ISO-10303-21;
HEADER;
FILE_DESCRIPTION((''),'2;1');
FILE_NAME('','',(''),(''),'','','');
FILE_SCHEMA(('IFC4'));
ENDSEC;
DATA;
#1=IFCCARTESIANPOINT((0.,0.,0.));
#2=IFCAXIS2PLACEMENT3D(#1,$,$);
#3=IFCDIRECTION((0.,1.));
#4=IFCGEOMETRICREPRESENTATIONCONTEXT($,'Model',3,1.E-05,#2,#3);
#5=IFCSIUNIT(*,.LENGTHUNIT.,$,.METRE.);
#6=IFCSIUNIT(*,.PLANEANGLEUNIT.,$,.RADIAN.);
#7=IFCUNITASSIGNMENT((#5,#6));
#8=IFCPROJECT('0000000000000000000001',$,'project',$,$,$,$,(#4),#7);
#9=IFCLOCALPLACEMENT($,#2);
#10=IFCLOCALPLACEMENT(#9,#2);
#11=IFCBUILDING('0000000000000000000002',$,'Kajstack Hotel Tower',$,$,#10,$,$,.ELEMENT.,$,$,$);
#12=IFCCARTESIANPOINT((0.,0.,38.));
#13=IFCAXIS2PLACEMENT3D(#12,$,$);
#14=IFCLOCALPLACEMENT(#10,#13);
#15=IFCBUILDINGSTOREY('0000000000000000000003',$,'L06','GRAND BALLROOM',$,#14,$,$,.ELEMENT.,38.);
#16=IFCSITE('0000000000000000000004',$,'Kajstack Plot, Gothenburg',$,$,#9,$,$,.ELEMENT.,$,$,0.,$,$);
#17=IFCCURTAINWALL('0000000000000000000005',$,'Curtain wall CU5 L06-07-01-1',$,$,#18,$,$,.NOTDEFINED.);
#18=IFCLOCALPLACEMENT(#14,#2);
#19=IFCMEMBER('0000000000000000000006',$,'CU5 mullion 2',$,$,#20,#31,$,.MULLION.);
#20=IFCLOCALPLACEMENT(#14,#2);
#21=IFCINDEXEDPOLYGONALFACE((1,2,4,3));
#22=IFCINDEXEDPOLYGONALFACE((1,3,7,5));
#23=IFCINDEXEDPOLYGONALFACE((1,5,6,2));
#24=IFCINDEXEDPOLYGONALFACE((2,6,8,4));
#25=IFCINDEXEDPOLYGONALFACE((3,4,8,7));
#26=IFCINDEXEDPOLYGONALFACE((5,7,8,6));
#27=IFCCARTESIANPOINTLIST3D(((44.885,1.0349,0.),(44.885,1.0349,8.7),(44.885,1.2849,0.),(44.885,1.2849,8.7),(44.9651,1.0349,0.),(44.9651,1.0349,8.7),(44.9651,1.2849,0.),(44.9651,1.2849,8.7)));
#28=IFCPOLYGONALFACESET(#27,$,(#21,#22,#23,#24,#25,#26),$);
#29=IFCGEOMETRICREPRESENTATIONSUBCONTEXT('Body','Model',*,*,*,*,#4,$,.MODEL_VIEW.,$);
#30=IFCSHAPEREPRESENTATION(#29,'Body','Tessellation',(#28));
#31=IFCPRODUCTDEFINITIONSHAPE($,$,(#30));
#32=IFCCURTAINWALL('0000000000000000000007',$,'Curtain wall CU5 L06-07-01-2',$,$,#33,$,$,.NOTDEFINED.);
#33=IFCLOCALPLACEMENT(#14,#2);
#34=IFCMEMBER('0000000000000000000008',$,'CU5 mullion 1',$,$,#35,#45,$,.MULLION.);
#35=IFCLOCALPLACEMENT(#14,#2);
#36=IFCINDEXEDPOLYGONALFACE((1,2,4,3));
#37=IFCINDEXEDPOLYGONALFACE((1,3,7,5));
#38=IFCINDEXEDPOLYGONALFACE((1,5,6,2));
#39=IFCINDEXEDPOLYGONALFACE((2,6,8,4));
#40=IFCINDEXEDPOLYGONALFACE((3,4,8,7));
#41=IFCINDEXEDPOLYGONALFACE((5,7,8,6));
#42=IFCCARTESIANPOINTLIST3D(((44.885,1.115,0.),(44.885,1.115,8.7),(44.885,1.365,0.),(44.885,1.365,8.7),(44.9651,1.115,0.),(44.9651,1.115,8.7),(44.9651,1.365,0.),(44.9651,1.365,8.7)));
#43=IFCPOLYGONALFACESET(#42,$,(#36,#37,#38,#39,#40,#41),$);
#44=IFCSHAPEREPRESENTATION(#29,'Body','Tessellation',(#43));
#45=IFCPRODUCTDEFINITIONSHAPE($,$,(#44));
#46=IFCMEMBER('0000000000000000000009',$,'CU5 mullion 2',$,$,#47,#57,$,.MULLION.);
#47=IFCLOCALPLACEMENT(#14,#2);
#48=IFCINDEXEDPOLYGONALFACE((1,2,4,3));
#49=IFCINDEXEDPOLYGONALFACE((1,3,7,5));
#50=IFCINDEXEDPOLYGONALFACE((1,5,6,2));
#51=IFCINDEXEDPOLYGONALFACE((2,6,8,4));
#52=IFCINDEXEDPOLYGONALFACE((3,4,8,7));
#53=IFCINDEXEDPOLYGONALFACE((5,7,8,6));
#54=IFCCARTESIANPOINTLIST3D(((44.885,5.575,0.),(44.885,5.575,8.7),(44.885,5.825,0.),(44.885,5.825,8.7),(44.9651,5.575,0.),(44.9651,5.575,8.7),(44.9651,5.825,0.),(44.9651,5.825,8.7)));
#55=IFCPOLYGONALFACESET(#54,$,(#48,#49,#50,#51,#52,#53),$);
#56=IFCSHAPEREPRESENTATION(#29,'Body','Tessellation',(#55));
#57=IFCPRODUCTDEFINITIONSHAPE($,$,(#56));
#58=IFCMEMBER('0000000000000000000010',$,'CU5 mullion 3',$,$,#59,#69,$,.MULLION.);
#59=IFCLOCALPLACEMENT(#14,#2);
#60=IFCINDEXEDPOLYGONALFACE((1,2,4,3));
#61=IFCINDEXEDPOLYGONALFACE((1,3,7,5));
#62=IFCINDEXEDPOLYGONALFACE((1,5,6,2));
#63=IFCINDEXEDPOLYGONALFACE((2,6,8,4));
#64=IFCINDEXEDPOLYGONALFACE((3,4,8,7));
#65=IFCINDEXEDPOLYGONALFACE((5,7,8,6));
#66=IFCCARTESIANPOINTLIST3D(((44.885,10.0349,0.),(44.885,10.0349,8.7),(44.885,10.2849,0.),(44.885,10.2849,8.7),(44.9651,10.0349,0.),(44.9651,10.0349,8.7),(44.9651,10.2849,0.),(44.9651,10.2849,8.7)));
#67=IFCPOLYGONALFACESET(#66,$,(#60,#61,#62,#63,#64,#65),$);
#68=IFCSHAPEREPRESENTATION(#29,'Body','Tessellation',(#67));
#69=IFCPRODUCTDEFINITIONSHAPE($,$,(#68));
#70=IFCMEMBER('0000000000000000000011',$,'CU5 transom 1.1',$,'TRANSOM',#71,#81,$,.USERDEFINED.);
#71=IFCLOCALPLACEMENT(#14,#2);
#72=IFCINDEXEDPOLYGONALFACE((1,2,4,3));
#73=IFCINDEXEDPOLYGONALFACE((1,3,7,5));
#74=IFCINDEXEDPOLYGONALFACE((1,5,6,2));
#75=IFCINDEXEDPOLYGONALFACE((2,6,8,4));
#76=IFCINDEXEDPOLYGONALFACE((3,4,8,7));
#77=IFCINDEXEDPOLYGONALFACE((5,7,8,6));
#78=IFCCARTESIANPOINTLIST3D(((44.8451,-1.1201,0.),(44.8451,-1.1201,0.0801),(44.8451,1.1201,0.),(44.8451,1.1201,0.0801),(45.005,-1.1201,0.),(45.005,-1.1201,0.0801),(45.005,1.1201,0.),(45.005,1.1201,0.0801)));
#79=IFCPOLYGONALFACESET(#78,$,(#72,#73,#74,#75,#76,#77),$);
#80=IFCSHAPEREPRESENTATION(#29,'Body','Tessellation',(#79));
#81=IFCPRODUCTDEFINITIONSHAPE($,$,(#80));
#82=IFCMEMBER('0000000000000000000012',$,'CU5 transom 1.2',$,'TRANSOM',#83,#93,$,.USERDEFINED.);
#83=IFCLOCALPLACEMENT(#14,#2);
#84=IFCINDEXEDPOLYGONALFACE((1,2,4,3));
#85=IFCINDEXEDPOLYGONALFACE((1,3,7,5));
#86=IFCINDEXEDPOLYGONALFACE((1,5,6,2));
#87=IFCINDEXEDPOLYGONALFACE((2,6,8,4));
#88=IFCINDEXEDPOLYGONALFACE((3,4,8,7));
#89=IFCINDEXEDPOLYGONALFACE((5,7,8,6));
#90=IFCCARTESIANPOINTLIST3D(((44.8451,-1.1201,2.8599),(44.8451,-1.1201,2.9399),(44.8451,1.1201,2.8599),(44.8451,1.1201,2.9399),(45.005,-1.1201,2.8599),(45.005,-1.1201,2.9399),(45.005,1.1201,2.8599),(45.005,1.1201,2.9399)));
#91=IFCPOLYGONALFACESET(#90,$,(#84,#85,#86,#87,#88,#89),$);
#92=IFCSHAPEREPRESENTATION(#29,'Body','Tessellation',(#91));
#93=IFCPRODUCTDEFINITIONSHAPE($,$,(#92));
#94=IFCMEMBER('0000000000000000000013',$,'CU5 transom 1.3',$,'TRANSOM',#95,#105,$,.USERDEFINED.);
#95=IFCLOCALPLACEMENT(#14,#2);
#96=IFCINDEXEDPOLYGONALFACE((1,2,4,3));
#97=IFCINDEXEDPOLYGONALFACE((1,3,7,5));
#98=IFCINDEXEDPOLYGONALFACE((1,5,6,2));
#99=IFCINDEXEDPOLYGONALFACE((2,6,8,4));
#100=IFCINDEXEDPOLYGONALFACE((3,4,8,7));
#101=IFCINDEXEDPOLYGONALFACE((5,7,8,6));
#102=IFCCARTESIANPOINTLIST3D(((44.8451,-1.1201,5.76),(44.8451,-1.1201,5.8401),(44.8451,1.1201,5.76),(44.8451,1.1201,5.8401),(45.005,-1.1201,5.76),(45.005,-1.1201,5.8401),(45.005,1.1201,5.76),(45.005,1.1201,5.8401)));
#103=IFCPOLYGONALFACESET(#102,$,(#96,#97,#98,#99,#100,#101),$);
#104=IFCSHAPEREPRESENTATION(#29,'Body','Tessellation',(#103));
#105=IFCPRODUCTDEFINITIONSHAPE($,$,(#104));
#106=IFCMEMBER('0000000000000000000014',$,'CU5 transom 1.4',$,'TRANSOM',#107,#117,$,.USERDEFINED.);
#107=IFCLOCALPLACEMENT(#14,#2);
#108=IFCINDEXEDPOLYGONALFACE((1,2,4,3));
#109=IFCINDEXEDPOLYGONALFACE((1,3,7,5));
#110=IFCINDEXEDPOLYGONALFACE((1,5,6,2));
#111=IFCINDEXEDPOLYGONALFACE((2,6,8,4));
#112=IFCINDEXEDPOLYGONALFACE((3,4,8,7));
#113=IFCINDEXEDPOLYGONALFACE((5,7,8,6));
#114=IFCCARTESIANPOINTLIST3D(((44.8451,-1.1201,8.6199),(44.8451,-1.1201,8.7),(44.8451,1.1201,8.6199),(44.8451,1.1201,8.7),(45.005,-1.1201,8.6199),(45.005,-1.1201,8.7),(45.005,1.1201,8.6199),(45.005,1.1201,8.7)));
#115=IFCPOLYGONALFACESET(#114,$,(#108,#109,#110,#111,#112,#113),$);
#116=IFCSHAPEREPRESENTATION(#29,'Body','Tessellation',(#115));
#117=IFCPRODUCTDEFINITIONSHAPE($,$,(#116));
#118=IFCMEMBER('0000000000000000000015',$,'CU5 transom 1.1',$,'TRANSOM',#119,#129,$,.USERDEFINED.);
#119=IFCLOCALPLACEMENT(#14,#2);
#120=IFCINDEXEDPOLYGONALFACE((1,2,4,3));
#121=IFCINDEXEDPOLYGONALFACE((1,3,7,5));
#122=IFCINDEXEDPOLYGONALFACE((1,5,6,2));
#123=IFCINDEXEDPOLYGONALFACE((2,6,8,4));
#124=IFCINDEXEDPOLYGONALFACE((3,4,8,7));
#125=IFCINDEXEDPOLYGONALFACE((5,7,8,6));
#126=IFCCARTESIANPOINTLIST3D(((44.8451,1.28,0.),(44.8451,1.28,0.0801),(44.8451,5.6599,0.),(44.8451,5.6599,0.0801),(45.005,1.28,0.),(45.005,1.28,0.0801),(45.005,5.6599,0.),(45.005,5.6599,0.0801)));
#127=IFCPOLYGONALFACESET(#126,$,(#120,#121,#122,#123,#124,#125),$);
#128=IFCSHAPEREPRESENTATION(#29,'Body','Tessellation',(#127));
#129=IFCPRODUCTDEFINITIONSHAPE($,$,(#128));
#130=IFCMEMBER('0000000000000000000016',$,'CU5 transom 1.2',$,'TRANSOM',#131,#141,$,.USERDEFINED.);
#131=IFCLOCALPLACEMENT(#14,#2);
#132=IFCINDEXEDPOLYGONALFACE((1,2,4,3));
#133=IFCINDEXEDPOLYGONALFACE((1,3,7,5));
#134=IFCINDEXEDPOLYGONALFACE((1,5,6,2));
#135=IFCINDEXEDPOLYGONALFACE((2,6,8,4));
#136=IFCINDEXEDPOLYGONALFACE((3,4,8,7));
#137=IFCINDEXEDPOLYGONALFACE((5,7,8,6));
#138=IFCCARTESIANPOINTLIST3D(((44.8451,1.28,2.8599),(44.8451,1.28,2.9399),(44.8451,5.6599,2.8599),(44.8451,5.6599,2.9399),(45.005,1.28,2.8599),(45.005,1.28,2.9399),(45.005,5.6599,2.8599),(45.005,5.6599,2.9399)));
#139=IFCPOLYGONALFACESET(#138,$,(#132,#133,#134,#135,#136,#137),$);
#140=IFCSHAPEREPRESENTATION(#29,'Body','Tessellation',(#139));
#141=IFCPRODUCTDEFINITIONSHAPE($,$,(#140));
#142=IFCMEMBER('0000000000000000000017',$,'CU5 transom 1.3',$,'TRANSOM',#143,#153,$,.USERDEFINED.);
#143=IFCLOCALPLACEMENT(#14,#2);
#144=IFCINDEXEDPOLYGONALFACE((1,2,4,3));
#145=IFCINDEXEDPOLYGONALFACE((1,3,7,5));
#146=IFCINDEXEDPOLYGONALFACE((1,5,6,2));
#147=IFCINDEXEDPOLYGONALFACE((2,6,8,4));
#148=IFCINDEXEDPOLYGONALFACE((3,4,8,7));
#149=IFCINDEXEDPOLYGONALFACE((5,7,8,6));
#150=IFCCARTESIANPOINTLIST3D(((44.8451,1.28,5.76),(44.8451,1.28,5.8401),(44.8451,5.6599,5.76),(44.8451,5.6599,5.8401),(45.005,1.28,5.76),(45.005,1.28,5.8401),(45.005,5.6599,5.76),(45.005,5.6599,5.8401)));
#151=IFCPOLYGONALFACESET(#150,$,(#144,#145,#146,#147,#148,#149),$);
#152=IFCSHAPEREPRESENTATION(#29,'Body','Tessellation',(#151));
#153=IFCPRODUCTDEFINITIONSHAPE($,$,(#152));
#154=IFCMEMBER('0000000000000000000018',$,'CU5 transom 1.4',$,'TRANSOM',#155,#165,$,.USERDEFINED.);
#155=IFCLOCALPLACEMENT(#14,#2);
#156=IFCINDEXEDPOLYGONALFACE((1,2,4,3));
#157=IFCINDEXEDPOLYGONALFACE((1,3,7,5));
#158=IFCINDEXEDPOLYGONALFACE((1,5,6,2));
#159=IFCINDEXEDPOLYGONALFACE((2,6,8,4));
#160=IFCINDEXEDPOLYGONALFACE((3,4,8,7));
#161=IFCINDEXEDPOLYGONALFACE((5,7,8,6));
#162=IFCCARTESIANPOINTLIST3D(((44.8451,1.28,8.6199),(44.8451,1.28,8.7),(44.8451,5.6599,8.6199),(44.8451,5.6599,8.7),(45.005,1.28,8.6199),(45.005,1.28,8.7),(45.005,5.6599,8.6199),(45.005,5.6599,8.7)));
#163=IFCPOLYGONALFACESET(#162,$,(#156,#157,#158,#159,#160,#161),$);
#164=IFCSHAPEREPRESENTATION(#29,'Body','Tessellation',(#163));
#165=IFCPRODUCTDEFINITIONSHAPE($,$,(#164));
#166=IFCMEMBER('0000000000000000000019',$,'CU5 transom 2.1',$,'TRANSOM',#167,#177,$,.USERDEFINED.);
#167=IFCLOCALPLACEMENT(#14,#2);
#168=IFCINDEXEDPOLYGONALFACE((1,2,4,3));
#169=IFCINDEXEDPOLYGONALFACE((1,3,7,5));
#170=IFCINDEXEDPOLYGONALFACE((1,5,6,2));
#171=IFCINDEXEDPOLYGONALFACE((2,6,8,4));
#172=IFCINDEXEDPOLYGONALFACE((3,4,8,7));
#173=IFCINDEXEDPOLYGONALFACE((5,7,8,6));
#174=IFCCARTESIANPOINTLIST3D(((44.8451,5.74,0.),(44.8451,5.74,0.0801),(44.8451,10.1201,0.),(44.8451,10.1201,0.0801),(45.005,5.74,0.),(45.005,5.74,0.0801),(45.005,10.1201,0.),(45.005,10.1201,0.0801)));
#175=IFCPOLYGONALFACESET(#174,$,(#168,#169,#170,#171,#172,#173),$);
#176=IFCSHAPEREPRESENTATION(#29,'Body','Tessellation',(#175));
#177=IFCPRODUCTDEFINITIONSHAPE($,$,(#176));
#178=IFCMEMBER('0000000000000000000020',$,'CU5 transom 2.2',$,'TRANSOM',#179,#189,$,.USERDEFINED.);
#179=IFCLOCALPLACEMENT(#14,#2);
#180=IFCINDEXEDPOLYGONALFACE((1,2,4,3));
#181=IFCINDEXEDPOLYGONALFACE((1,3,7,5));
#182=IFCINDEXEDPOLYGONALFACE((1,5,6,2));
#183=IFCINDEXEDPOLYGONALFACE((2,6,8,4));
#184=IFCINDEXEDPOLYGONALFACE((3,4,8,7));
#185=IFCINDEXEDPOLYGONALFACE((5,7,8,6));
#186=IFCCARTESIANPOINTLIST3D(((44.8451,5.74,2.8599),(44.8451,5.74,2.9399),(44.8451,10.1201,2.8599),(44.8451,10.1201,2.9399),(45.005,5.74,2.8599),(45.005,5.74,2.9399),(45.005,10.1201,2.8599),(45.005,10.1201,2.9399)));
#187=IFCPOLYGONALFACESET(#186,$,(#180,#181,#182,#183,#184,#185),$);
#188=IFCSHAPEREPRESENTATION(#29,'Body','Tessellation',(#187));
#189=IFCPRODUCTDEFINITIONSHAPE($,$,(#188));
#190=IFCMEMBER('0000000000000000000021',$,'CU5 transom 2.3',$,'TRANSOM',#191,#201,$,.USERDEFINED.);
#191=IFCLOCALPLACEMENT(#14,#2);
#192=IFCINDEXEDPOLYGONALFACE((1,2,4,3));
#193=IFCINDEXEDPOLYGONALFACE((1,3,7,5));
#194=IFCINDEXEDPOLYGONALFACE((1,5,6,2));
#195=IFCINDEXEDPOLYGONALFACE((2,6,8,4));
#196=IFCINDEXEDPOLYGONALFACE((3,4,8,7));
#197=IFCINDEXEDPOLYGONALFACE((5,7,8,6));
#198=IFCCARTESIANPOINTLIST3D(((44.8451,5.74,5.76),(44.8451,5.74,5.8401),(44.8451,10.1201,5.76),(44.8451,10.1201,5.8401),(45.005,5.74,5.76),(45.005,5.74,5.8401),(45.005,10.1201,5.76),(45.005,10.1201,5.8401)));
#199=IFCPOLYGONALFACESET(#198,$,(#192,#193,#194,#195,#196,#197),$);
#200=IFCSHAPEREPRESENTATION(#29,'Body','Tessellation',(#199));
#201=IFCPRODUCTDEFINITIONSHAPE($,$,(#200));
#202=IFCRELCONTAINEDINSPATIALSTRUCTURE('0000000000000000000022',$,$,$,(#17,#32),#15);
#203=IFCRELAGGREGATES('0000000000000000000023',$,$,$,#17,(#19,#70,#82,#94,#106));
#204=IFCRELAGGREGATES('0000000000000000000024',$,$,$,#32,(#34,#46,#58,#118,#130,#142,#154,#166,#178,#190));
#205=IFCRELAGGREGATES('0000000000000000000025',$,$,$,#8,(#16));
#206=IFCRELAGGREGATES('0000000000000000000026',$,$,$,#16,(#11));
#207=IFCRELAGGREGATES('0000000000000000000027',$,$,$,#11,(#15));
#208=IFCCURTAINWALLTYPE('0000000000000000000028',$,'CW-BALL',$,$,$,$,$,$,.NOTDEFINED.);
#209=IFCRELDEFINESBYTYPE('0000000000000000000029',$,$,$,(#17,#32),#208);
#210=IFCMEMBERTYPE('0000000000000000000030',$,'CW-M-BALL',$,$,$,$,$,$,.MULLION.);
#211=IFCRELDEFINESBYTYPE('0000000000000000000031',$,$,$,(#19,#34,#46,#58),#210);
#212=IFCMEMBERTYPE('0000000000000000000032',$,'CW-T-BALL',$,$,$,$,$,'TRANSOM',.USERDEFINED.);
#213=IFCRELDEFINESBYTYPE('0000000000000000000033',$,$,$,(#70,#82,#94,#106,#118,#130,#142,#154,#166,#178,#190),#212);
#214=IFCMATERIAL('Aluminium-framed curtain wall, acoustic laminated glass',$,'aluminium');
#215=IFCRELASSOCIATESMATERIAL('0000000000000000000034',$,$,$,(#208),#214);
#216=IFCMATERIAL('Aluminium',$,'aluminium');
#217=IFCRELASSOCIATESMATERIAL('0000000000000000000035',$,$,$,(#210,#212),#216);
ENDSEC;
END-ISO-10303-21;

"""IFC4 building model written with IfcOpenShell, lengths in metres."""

from ifc_helpers import new_model, si_unit, direction, frame, origin, origin_2d, place, context, subcontext, project, spatial, rectangle, extrude, material, material_profile, profile_set, type_object, element, aggregate, save


model = new_model("IFC4")

# Units and contexts
model_context = context("Model", 3, precision=1e-05, world=origin(), true_north=direction((0.0, 1.0)))
body_context = subcontext(model_context, "Body", "Model", "MODEL_VIEW")
ifc_project = project(units=[si_unit("LENGTHUNIT", "METRE"), si_unit("PLANEANGLEUNIT", "RADIAN")], contexts=[model_context])

# Site, building, storey
site_placement = place(None, origin())
site = spatial("IfcSite", under=ifc_project, at=site_placement, Name="Kajstack Plot, Gothenburg", CompositionType="ELEMENT", RefElevation=0.0)
building_placement = place(site_placement, origin())
building = spatial("IfcBuilding", under=site, at=building_placement, Name="Kajstack Hotel Tower", CompositionType="ELEMENT")
storey_placement = place(building_placement, frame((0.0, 0.0, 38.0)))
storey = spatial("IfcBuildingStorey", under=building, at=storey_placement, Name="L06", Description="GRAND BALLROOM", CompositionType="ELEMENT", Elevation=38.0)

# Curtain wall, member
ifc_material_1 = material(Name="Aluminium-framed curtain wall, acoustic laminated glass", Category="aluminium")
curtain_wall_type = type_object("IfcCurtainWallType", Name="CW-BALL", PredefinedType="NOTDEFINED", material=ifc_material_1)
curtain_wall_1_placement = place(storey_placement, origin())
curtain_wall_1 = element("IfcCurtainWall", 1, at=curtain_wall_1_placement, inside=storey, type_object=curtain_wall_type, Name="Curtain wall CU5 L06-07-01-1", PredefinedType="NOTDEFINED")
ifc_material_2 = material(Name="Aluminium", Category="aluminium")
ifc_material_profile_1 = material_profile(ifc_material_2, rectangle(XDim=0.0801, YDim=0.25, at=origin_2d()), Name="Aluminium mullion 80 x 250")
ifc_profile_set_1 = profile_set([ifc_material_profile_1], Name="Aluminium")
member_type_1 = type_object("IfcMemberType", Name="CW-M-BALL", PredefinedType="MULLION", material=ifc_profile_set_1)
member_1_placement = place(storey_placement, frame((44.925, 1.1599, 0.0), z_axis=(0.0, 0.0, 1.0), x_axis=(-1.0, 0.0, 0.0)))
member_1 = element("IfcMember", 2, at=member_1_placement, type_object=member_type_1, Name="CU5 mullion 2", PredefinedType="MULLION", context=body_context, shape_type="SweptSolid", body=[
    extrude(rectangle(XDim=0.0801, YDim=0.25, at=origin_2d()), origin(), (0.0, 0.0, 1.0), 8.7),
])

# Curtain wall, members
curtain_wall_2_placement = place(storey_placement, origin())
curtain_wall_2 = element("IfcCurtainWall", 3, at=curtain_wall_2_placement, inside=storey, type_object=curtain_wall_type, Name="Curtain wall CU5 L06-07-01-2", PredefinedType="NOTDEFINED")
member_2_placement = place(storey_placement, frame((44.925, 1.24, 0.0), z_axis=(0.0, 0.0, 1.0), x_axis=(-1.0, 0.0, 0.0)))
member_2 = element("IfcMember", 4, at=member_2_placement, type_object=member_type_1, Name="CU5 mullion 1", PredefinedType="MULLION", context=body_context, shape_type="SweptSolid", body=[
    extrude(rectangle(XDim=0.0801, YDim=0.25, at=origin_2d()), origin(), (0.0, 0.0, 1.0), 8.7),
])
member_3_placement = place(storey_placement, frame((44.925, 5.7, 0.0), z_axis=(0.0, 0.0, 1.0), x_axis=(-1.0, 0.0, 0.0)))
member_3 = element("IfcMember", 5, at=member_3_placement, type_object=member_type_1, Name="CU5 mullion 2", PredefinedType="MULLION", context=body_context, shape_type="SweptSolid", body=[
    extrude(rectangle(XDim=0.0801, YDim=0.25, at=origin_2d()), origin(), (0.0, 0.0, 1.0), 8.7),
])
member_4_placement = place(storey_placement, frame((44.925, 10.1599, 0.0), z_axis=(0.0, 0.0, 1.0), x_axis=(-1.0, 0.0, 0.0)))
member_4 = element("IfcMember", 6, at=member_4_placement, type_object=member_type_1, Name="CU5 mullion 3", PredefinedType="MULLION", context=body_context, shape_type="SweptSolid", body=[
    extrude(rectangle(XDim=0.0801, YDim=0.25, at=origin_2d()), origin(), (0.0, 0.0, 1.0), 8.7),
])

# Members
ifc_material_profile_2 = material_profile(ifc_material_2, rectangle(XDim=0.1599, YDim=0.0801, at=origin_2d()), Name="Aluminium transom 160 x 80")
ifc_profile_set_2 = profile_set([ifc_material_profile_2], Name="Aluminium")
member_type_2 = type_object("IfcMemberType", Name="CW-T-BALL", ElementType="TRANSOM", PredefinedType="USERDEFINED", material=ifc_profile_set_2)
member_5_placement = place(storey_placement, frame((44.925, -1.1201, 0.04), z_axis=(0.0, 1.0, 0.0), x_axis=(-1.0, 0.0, 0.0)))
member_5 = element("IfcMember", 7, at=member_5_placement, type_object=member_type_2, Name="CU5 transom 1.1", ObjectType="TRANSOM", PredefinedType="USERDEFINED", context=body_context, shape_type="SweptSolid", body=[
    extrude(rectangle(XDim=0.1599, YDim=0.0801, at=origin_2d()), origin(), (0.0, 0.0, 1.0), 2.2402),
])
member_6_placement = place(storey_placement, frame((44.925, -1.1201, 2.8999), z_axis=(0.0, 1.0, 0.0), x_axis=(-1.0, 0.0, 0.0)))
member_6 = element("IfcMember", 8, at=member_6_placement, type_object=member_type_2, Name="CU5 transom 1.2", ObjectType="TRANSOM", PredefinedType="USERDEFINED", context=body_context, shape_type="SweptSolid", body=[
    extrude(rectangle(XDim=0.1599, YDim=0.0801, at=origin_2d()), origin(), (0.0, 0.0, 1.0), 2.2402),
])
member_7_placement = place(storey_placement, frame((44.925, -1.1201, 5.8), z_axis=(0.0, 1.0, 0.0), x_axis=(-1.0, 0.0, 0.0)))
member_7 = element("IfcMember", 9, at=member_7_placement, type_object=member_type_2, Name="CU5 transom 1.3", ObjectType="TRANSOM", PredefinedType="USERDEFINED", context=body_context, shape_type="SweptSolid", body=[
    extrude(rectangle(XDim=0.1599, YDim=0.0801, at=origin_2d()), origin(), (0.0, 0.0, 1.0), 2.2402),
])
member_8_placement = place(storey_placement, frame((44.925, -1.1201, 8.6599), z_axis=(0.0, 1.0, 0.0), x_axis=(-1.0, 0.0, 0.0)))
member_8 = element("IfcMember", 10, at=member_8_placement, type_object=member_type_2, Name="CU5 transom 1.4", ObjectType="TRANSOM", PredefinedType="USERDEFINED", context=body_context, shape_type="SweptSolid", body=[
    extrude(rectangle(XDim=0.1599, YDim=0.0801, at=origin_2d()), origin(), (0.0, 0.0, 1.0), 2.2402),
])
member_9_placement = place(storey_placement, frame((44.925, 1.28, 0.04), z_axis=(0.0, 1.0, 0.0), x_axis=(-1.0, 0.0, 0.0)))
member_9 = element("IfcMember", 11, at=member_9_placement, type_object=member_type_2, Name="CU5 transom 1.1", ObjectType="TRANSOM", PredefinedType="USERDEFINED", context=body_context, shape_type="SweptSolid", body=[
    extrude(rectangle(XDim=0.1599, YDim=0.0801, at=origin_2d()), origin(), (0.0, 0.0, 1.0), 4.3799),
])
member_10_placement = place(storey_placement, frame((44.925, 1.28, 2.8999), z_axis=(0.0, 1.0, 0.0), x_axis=(-1.0, 0.0, 0.0)))
member_10 = element("IfcMember", 12, at=member_10_placement, type_object=member_type_2, Name="CU5 transom 1.2", ObjectType="TRANSOM", PredefinedType="USERDEFINED", context=body_context, shape_type="SweptSolid", body=[
    extrude(rectangle(XDim=0.1599, YDim=0.0801, at=origin_2d()), origin(), (0.0, 0.0, 1.0), 4.3799),
])
member_11_placement = place(storey_placement, frame((44.925, 1.28, 5.8), z_axis=(0.0, 1.0, 0.0), x_axis=(-1.0, 0.0, 0.0)))
member_11 = element("IfcMember", 13, at=member_11_placement, type_object=member_type_2, Name="CU5 transom 1.3", ObjectType="TRANSOM", PredefinedType="USERDEFINED", context=body_context, shape_type="SweptSolid", body=[
    extrude(rectangle(XDim=0.1599, YDim=0.0801, at=origin_2d()), origin(), (0.0, 0.0, 1.0), 4.3799),
])
member_12_placement = place(storey_placement, frame((44.925, 1.28, 8.6599), z_axis=(0.0, 1.0, 0.0), x_axis=(-1.0, 0.0, 0.0)))
member_12 = element("IfcMember", 14, at=member_12_placement, type_object=member_type_2, Name="CU5 transom 1.4", ObjectType="TRANSOM", PredefinedType="USERDEFINED", context=body_context, shape_type="SweptSolid", body=[
    extrude(rectangle(XDim=0.1599, YDim=0.0801, at=origin_2d()), origin(), (0.0, 0.0, 1.0), 4.3799),
])
member_13_placement = place(storey_placement, frame((44.925, 5.74, 0.04), z_axis=(0.0, 1.0, 0.0), x_axis=(-1.0, 0.0, 0.0)))
member_13 = element("IfcMember", 15, at=member_13_placement, type_object=member_type_2, Name="CU5 transom 2.1", ObjectType="TRANSOM", PredefinedType="USERDEFINED", context=body_context, shape_type="SweptSolid", body=[
    extrude(rectangle(XDim=0.1599, YDim=0.0801, at=origin_2d()), origin(), (0.0, 0.0, 1.0), 4.3801),
])
member_14_placement = place(storey_placement, frame((44.925, 5.74, 2.8999), z_axis=(0.0, 1.0, 0.0), x_axis=(-1.0, 0.0, 0.0)))
member_14 = element("IfcMember", 16, at=member_14_placement, type_object=member_type_2, Name="CU5 transom 2.2", ObjectType="TRANSOM", PredefinedType="USERDEFINED", context=body_context, shape_type="SweptSolid", body=[
    extrude(rectangle(XDim=0.1599, YDim=0.0801, at=origin_2d()), origin(), (0.0, 0.0, 1.0), 4.3801),
])
member_15_placement = place(storey_placement, frame((44.925, 5.74, 5.8), z_axis=(0.0, 1.0, 0.0), x_axis=(-1.0, 0.0, 0.0)))
member_15 = element("IfcMember", 17, at=member_15_placement, type_object=member_type_2, Name="CU5 transom 2.3", ObjectType="TRANSOM", PredefinedType="USERDEFINED", context=body_context, shape_type="SweptSolid", body=[
    extrude(rectangle(XDim=0.1599, YDim=0.0801, at=origin_2d()), origin(), (0.0, 0.0, 1.0), 4.3801),
])

aggregate(curtain_wall_1, [member_1, member_5, member_6, member_7, member_8])
aggregate(curtain_wall_2, [member_2, member_3, member_4, member_9, member_10, member_11, member_12, member_13, member_14, member_15])

save(model, "model.ifc")
